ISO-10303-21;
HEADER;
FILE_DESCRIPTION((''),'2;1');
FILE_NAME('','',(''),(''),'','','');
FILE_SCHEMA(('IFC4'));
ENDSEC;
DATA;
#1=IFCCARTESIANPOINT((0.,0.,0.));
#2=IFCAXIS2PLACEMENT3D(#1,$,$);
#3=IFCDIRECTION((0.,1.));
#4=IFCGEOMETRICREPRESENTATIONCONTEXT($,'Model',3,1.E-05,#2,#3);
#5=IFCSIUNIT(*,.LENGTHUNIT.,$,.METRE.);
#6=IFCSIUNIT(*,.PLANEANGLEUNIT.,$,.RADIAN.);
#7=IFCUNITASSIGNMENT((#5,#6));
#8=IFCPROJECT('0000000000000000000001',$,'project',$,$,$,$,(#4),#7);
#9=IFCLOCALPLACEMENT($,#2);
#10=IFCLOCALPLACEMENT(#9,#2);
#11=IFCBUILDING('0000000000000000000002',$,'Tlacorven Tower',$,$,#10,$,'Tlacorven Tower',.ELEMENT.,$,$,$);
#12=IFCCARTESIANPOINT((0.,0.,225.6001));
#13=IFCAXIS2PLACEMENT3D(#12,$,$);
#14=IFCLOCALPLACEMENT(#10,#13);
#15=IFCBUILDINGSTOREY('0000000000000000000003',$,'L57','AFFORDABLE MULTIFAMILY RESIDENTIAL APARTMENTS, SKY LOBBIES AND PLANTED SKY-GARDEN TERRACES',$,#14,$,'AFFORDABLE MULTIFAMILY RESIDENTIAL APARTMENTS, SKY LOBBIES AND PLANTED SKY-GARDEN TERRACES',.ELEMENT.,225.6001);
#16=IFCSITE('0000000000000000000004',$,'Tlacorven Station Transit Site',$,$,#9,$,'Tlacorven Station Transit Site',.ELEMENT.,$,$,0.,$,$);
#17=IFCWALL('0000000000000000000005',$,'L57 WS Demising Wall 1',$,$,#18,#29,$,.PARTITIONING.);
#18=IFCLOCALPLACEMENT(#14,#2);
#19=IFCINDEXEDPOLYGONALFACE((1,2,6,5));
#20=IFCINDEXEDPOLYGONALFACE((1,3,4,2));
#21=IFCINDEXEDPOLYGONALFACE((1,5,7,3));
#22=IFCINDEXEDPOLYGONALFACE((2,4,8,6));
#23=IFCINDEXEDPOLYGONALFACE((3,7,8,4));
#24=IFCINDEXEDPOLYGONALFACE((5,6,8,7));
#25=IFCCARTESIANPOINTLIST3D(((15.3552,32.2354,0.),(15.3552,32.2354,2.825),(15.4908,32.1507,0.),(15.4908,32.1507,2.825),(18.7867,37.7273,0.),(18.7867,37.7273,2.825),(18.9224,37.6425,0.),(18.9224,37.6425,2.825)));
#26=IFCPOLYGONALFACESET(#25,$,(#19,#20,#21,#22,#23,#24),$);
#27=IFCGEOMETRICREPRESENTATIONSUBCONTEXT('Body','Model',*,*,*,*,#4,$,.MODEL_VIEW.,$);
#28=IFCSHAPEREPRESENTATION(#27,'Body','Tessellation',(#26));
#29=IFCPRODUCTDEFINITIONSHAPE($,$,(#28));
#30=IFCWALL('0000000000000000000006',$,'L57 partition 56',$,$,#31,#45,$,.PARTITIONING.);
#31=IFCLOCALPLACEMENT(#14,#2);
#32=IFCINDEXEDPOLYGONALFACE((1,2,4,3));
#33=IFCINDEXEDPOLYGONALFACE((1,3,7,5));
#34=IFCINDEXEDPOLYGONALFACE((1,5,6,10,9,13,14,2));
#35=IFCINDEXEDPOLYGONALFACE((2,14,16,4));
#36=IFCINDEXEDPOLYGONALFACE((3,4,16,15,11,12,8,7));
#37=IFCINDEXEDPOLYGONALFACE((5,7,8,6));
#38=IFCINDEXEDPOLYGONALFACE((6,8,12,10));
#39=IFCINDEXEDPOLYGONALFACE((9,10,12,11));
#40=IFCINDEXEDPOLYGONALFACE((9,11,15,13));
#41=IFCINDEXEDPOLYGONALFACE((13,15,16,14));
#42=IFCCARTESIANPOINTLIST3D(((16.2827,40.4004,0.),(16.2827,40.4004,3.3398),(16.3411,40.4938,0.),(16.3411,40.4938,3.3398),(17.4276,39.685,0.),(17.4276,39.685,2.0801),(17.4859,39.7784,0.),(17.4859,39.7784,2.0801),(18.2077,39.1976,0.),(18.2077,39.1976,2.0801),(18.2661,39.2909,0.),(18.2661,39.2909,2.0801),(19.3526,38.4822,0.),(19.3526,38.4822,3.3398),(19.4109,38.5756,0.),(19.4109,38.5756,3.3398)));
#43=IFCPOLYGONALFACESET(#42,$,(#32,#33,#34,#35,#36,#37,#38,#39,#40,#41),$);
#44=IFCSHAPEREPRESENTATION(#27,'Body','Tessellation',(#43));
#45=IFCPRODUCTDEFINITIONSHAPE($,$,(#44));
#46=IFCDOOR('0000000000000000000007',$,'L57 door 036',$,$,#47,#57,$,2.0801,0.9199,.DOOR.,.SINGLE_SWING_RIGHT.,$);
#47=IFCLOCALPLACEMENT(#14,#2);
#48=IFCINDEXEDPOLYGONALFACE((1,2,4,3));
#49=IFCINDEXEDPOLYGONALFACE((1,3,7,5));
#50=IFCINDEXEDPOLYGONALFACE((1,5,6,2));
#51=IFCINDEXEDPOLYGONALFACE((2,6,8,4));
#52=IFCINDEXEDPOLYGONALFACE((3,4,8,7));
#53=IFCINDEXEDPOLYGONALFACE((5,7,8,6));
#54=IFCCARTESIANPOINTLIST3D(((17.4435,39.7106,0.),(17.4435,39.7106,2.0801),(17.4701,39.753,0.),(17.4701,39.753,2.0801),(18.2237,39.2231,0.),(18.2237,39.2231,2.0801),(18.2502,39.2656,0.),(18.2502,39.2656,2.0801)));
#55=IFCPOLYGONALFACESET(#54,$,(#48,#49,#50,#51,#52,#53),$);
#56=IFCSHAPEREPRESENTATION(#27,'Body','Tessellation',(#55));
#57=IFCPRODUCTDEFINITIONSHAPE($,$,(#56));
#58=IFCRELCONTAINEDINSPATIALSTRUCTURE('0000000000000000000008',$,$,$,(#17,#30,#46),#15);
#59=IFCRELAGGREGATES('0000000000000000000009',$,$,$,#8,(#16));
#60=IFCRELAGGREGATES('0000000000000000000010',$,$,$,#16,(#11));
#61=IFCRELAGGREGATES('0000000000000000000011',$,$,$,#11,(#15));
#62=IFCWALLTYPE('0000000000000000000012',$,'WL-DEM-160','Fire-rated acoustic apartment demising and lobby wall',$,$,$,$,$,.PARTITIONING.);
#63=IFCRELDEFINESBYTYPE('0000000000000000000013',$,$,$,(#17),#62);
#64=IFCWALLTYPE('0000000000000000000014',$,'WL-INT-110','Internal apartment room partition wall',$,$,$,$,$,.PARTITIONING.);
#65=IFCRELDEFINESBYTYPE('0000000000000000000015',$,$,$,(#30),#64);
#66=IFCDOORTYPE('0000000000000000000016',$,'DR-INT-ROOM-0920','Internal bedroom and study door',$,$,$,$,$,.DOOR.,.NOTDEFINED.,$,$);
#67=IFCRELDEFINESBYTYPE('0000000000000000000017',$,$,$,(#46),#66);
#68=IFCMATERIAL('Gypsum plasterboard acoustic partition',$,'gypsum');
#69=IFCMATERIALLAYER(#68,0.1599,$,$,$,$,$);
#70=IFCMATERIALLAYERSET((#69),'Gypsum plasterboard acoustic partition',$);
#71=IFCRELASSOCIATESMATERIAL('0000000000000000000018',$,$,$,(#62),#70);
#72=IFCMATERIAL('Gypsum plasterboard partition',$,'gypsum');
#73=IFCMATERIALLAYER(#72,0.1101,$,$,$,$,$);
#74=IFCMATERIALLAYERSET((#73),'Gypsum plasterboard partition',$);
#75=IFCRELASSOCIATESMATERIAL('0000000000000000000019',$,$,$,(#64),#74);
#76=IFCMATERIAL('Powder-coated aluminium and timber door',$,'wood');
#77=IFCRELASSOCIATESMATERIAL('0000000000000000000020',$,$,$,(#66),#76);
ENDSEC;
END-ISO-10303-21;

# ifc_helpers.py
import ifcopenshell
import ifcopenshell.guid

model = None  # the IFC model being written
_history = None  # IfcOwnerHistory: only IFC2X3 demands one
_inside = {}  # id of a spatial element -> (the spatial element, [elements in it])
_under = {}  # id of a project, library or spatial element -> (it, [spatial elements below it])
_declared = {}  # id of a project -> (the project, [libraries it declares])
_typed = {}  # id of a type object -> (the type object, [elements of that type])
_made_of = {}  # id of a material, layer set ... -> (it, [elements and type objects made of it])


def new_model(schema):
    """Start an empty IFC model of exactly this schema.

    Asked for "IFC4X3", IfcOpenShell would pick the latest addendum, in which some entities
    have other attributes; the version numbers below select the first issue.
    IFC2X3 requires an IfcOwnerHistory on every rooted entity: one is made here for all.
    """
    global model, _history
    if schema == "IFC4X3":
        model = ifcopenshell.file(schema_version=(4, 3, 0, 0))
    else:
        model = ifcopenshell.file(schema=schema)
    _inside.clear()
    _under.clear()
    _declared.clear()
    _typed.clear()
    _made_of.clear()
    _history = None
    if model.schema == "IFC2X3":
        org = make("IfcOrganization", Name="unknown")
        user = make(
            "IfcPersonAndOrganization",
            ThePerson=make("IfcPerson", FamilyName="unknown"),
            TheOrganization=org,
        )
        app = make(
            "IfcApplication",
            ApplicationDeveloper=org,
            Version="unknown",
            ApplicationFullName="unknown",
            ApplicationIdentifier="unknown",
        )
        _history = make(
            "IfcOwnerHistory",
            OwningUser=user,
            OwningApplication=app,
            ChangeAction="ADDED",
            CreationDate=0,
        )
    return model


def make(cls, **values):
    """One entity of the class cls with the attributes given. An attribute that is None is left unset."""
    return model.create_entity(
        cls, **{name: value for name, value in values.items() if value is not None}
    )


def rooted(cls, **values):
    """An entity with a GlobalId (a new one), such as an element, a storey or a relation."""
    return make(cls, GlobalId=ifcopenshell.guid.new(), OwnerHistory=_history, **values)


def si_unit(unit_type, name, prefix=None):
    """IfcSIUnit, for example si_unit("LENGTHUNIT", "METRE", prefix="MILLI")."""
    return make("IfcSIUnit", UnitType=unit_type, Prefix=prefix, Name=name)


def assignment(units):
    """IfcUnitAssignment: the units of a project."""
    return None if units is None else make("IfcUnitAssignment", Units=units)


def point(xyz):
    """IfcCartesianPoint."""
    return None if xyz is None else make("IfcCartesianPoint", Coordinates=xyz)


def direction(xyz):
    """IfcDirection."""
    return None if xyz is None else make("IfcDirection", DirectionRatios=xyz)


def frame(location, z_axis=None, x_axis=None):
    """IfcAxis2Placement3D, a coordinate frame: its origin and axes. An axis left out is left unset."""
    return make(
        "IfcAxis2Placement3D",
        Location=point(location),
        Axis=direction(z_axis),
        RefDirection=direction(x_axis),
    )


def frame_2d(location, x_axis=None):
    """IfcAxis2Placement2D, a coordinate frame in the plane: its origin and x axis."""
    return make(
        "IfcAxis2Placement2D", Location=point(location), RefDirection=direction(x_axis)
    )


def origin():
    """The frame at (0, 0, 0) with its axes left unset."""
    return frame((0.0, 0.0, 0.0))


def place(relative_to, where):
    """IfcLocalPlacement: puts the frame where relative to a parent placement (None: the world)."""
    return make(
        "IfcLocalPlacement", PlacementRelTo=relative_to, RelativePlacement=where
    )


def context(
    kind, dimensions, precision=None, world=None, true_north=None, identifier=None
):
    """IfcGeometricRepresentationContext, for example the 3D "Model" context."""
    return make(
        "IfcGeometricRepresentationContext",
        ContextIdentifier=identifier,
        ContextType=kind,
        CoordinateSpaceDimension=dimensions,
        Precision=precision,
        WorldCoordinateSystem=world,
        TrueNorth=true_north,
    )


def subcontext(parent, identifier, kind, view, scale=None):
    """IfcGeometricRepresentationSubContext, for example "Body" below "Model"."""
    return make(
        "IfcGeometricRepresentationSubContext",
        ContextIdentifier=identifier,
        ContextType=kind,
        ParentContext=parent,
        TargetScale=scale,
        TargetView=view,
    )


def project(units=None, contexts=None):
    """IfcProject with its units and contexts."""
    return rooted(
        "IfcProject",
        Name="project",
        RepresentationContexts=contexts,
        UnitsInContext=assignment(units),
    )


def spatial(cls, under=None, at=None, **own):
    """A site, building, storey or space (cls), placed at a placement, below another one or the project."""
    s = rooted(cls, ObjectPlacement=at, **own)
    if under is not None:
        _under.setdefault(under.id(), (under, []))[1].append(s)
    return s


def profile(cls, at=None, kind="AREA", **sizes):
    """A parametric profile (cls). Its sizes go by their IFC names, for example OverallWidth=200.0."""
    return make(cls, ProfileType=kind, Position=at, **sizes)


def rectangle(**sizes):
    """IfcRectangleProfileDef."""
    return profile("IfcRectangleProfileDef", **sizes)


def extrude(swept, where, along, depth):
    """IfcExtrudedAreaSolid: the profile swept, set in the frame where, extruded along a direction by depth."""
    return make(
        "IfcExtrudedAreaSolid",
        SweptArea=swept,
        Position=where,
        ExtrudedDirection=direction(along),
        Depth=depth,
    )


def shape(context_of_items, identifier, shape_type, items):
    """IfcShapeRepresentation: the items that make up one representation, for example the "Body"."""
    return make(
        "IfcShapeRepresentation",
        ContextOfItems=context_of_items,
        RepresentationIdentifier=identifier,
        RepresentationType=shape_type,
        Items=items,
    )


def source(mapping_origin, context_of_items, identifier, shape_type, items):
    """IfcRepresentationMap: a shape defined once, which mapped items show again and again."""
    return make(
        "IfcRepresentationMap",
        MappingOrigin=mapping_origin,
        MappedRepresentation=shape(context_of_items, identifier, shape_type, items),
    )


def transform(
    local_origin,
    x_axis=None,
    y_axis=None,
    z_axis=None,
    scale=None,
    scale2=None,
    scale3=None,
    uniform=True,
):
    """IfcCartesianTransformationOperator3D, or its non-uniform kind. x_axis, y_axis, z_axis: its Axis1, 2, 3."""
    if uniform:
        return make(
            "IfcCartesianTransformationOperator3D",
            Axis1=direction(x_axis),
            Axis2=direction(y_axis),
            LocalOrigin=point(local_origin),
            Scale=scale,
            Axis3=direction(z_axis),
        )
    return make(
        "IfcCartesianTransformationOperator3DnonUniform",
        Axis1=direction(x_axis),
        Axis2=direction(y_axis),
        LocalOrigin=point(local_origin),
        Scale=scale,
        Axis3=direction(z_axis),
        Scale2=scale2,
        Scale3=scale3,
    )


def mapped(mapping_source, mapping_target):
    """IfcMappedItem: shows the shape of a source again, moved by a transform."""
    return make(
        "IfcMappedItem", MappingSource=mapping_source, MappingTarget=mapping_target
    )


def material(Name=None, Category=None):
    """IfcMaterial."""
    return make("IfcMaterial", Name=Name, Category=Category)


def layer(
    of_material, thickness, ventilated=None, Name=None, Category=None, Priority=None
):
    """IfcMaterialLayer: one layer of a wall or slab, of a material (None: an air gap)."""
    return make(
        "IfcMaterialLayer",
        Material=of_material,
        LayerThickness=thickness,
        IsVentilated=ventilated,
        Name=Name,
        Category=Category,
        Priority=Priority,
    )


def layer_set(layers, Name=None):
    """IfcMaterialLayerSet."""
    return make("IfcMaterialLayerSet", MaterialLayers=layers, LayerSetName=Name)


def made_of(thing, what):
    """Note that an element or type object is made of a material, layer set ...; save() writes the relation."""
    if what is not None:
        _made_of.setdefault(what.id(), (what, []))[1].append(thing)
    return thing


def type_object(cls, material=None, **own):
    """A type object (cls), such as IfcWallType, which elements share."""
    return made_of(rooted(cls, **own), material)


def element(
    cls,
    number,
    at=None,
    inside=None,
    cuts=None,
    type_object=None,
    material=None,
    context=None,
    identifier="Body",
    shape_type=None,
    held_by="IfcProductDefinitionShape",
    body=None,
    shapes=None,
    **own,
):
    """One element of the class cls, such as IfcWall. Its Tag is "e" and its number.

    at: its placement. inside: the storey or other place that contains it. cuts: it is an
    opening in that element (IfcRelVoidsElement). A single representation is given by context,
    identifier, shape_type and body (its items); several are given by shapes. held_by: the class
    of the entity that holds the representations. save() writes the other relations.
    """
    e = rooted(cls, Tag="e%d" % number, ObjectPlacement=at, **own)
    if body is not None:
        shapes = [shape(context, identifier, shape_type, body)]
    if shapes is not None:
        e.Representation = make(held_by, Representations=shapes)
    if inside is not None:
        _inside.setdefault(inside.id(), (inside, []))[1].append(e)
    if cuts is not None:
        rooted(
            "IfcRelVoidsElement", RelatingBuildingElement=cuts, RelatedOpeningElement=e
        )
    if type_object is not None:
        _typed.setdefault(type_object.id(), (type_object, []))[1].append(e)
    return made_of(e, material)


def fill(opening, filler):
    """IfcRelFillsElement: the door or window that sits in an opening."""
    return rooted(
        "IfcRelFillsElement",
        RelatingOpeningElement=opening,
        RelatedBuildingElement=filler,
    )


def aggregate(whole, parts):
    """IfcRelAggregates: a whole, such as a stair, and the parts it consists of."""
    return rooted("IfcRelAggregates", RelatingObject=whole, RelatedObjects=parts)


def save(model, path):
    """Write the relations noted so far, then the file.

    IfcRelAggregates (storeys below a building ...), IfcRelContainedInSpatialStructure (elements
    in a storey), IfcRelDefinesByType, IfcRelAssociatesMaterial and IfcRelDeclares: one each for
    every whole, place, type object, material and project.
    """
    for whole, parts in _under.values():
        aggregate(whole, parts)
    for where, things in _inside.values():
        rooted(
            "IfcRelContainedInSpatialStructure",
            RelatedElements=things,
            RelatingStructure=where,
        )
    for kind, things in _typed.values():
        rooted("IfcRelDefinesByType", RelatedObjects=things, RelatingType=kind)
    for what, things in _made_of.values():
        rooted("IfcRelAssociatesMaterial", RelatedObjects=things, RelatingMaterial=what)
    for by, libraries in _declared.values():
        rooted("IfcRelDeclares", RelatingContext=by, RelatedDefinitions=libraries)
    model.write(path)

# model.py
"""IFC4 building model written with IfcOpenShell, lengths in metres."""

from ifc_helpers import new_model, si_unit, direction, frame, frame_2d, origin, place, context, subcontext, project, spatial, rectangle, extrude, source, transform, mapped, material, layer, layer_set, type_object, element, fill, save


model = new_model("IFC4")

# Units and contexts
model_context = context("Model", 3, precision=1e-05, world=origin(), true_north=direction((0.0, 1.0)))
body_context = subcontext(model_context, "Body", "Model", "MODEL_VIEW")
ifc_project = project(units=[si_unit("LENGTHUNIT", "METRE"), si_unit("PLANEANGLEUNIT", "RADIAN")], contexts=[model_context])

# Site, building, storey
site_placement = place(None, origin())
site = spatial("IfcSite", under=ifc_project, at=site_placement, Name="Tlacorven Station Transit Site", LongName="Tlacorven Station Transit Site", CompositionType="ELEMENT", RefElevation=0.0)
building_placement = place(site_placement, origin())
building = spatial("IfcBuilding", under=site, at=building_placement, Name="Tlacorven Tower", LongName="Tlacorven Tower", CompositionType="ELEMENT")
storey_placement = place(building_placement, frame((0.0, 0.0, 225.6001)))
storey = spatial("IfcBuildingStorey", under=building, at=storey_placement, Name="L57", Description="AFFORDABLE MULTIFAMILY RESIDENTIAL APARTMENTS, SKY LOBBIES AND PLANTED SKY-GARDEN TERRACES", LongName="AFFORDABLE MULTIFAMILY RESIDENTIAL APARTMENTS, SKY LOBBIES AND PLANTED SKY-GARDEN TERRACES", CompositionType="ELEMENT", Elevation=225.6001)

# Wall
ifc_material_1 = material(Name="Gypsum plasterboard acoustic partition", Category="gypsum")
ifc_layer_1 = layer(ifc_material_1, 0.1599)
ifc_layer_set_1 = layer_set([ifc_layer_1], Name="Gypsum plasterboard acoustic partition")
wall_type_1 = type_object("IfcWallType", Name="WL-DEM-160", Description="Fire-rated acoustic apartment demising and lobby wall", PredefinedType="PARTITIONING", material=ifc_layer_set_1)
wall_1_placement = place(storey_placement, frame((18.8545, 37.6848, 0.0), z_axis=(0.0, 0.0, 1.0), x_axis=(-0.529907, -0.848055, 0.0)))
element("IfcWall", 1, at=wall_1_placement, inside=storey, type_object=wall_type_1, Name="L57 WS Demising Wall 1", PredefinedType="PARTITIONING", context=body_context, shape_type="SweptSolid", body=[
    extrude(rectangle(XDim=6.4758, YDim=0.1599, at=frame_2d((3.2378, 0.0))), origin(), (0.0, 0.0, 1.0), 2.825),
])

# Wall, opening, door
ifc_material_2 = material(Name="Gypsum plasterboard partition", Category="gypsum")
ifc_layer_2 = layer(ifc_material_2, 0.1101)
ifc_layer_set_2 = layer_set([ifc_layer_2], Name="Gypsum plasterboard partition")
wall_type_2 = type_object("IfcWallType", Name="WL-INT-110", Description="Internal apartment room partition wall", PredefinedType="PARTITIONING", material=ifc_layer_set_2)
wall_2_placement = place(storey_placement, frame((19.3818, 38.5288, 0.0), z_axis=(0.0, 0.0, 1.0), x_axis=(-0.848051, 0.529914, 0.0)))
wall_2 = element("IfcWall", 2, at=wall_2_placement, inside=storey, type_object=wall_type_2, Name="L57 partition 56", PredefinedType="PARTITIONING", context=body_context, shape_type="SweptSolid", body=[
    extrude(rectangle(XDim=3.6199, YDim=0.1101, at=frame_2d((1.8101, 0.0))), origin(), (0.0, 0.0, 1.0), 3.3398),
])
opening_placement = place(wall_2_placement, frame((1.3501, 0.0, 0.0)))
opening = element("IfcOpeningElement", 3, at=opening_placement, cuts=wall_2, PredefinedType="OPENING", context=body_context, shape_type="SweptSolid", body=[
    extrude(rectangle(XDim=0.9199, YDim=2.0801, at=frame_2d((0.46, 1.04))), frame((0.0, 0.0649, 0.0), z_axis=(0.0, -1.0, 0.0), x_axis=(1.0, 0.0, 0.0)), (0.0, 0.0, 1.0), 0.1301),
])
ifc_material_3 = material(Name="Powder-coated aluminium and timber door", Category="wood")
door_type = type_object("IfcDoorType", Name="DR-INT-ROOM-0920", Description="Internal bedroom and study door", OperationType="NOTDEFINED", PredefinedType="DOOR", material=ifc_material_3)
shared_shape_1 = source(origin(), body_context, "Body", "SweptSolid", [
    extrude(rectangle(XDim=0.9199, YDim=2.0801, at=frame_2d((0.46, 1.04))), frame((0.0, 0.0249, 0.0), z_axis=(0.0, -1.0, 0.0), x_axis=(1.0, 0.0, 0.0)), (0.0, 0.0, 1.0), 0.05),
])
door_placement = place(opening_placement, origin())
door = element("IfcDoor", 4, at=door_placement, inside=storey, type_object=door_type, Name="L57 door 036", OperationType="SINGLE_SWING_RIGHT", OverallHeight=2.0801, OverallWidth=0.9199, PredefinedType="DOOR", context=body_context, shape_type="MappedRepresentation", body=[
    mapped(shared_shape_1, transform((0.0, 0.0, 0.0), scale=1.0)),
])
fill(opening, door)

save(model, "model.ifc")
